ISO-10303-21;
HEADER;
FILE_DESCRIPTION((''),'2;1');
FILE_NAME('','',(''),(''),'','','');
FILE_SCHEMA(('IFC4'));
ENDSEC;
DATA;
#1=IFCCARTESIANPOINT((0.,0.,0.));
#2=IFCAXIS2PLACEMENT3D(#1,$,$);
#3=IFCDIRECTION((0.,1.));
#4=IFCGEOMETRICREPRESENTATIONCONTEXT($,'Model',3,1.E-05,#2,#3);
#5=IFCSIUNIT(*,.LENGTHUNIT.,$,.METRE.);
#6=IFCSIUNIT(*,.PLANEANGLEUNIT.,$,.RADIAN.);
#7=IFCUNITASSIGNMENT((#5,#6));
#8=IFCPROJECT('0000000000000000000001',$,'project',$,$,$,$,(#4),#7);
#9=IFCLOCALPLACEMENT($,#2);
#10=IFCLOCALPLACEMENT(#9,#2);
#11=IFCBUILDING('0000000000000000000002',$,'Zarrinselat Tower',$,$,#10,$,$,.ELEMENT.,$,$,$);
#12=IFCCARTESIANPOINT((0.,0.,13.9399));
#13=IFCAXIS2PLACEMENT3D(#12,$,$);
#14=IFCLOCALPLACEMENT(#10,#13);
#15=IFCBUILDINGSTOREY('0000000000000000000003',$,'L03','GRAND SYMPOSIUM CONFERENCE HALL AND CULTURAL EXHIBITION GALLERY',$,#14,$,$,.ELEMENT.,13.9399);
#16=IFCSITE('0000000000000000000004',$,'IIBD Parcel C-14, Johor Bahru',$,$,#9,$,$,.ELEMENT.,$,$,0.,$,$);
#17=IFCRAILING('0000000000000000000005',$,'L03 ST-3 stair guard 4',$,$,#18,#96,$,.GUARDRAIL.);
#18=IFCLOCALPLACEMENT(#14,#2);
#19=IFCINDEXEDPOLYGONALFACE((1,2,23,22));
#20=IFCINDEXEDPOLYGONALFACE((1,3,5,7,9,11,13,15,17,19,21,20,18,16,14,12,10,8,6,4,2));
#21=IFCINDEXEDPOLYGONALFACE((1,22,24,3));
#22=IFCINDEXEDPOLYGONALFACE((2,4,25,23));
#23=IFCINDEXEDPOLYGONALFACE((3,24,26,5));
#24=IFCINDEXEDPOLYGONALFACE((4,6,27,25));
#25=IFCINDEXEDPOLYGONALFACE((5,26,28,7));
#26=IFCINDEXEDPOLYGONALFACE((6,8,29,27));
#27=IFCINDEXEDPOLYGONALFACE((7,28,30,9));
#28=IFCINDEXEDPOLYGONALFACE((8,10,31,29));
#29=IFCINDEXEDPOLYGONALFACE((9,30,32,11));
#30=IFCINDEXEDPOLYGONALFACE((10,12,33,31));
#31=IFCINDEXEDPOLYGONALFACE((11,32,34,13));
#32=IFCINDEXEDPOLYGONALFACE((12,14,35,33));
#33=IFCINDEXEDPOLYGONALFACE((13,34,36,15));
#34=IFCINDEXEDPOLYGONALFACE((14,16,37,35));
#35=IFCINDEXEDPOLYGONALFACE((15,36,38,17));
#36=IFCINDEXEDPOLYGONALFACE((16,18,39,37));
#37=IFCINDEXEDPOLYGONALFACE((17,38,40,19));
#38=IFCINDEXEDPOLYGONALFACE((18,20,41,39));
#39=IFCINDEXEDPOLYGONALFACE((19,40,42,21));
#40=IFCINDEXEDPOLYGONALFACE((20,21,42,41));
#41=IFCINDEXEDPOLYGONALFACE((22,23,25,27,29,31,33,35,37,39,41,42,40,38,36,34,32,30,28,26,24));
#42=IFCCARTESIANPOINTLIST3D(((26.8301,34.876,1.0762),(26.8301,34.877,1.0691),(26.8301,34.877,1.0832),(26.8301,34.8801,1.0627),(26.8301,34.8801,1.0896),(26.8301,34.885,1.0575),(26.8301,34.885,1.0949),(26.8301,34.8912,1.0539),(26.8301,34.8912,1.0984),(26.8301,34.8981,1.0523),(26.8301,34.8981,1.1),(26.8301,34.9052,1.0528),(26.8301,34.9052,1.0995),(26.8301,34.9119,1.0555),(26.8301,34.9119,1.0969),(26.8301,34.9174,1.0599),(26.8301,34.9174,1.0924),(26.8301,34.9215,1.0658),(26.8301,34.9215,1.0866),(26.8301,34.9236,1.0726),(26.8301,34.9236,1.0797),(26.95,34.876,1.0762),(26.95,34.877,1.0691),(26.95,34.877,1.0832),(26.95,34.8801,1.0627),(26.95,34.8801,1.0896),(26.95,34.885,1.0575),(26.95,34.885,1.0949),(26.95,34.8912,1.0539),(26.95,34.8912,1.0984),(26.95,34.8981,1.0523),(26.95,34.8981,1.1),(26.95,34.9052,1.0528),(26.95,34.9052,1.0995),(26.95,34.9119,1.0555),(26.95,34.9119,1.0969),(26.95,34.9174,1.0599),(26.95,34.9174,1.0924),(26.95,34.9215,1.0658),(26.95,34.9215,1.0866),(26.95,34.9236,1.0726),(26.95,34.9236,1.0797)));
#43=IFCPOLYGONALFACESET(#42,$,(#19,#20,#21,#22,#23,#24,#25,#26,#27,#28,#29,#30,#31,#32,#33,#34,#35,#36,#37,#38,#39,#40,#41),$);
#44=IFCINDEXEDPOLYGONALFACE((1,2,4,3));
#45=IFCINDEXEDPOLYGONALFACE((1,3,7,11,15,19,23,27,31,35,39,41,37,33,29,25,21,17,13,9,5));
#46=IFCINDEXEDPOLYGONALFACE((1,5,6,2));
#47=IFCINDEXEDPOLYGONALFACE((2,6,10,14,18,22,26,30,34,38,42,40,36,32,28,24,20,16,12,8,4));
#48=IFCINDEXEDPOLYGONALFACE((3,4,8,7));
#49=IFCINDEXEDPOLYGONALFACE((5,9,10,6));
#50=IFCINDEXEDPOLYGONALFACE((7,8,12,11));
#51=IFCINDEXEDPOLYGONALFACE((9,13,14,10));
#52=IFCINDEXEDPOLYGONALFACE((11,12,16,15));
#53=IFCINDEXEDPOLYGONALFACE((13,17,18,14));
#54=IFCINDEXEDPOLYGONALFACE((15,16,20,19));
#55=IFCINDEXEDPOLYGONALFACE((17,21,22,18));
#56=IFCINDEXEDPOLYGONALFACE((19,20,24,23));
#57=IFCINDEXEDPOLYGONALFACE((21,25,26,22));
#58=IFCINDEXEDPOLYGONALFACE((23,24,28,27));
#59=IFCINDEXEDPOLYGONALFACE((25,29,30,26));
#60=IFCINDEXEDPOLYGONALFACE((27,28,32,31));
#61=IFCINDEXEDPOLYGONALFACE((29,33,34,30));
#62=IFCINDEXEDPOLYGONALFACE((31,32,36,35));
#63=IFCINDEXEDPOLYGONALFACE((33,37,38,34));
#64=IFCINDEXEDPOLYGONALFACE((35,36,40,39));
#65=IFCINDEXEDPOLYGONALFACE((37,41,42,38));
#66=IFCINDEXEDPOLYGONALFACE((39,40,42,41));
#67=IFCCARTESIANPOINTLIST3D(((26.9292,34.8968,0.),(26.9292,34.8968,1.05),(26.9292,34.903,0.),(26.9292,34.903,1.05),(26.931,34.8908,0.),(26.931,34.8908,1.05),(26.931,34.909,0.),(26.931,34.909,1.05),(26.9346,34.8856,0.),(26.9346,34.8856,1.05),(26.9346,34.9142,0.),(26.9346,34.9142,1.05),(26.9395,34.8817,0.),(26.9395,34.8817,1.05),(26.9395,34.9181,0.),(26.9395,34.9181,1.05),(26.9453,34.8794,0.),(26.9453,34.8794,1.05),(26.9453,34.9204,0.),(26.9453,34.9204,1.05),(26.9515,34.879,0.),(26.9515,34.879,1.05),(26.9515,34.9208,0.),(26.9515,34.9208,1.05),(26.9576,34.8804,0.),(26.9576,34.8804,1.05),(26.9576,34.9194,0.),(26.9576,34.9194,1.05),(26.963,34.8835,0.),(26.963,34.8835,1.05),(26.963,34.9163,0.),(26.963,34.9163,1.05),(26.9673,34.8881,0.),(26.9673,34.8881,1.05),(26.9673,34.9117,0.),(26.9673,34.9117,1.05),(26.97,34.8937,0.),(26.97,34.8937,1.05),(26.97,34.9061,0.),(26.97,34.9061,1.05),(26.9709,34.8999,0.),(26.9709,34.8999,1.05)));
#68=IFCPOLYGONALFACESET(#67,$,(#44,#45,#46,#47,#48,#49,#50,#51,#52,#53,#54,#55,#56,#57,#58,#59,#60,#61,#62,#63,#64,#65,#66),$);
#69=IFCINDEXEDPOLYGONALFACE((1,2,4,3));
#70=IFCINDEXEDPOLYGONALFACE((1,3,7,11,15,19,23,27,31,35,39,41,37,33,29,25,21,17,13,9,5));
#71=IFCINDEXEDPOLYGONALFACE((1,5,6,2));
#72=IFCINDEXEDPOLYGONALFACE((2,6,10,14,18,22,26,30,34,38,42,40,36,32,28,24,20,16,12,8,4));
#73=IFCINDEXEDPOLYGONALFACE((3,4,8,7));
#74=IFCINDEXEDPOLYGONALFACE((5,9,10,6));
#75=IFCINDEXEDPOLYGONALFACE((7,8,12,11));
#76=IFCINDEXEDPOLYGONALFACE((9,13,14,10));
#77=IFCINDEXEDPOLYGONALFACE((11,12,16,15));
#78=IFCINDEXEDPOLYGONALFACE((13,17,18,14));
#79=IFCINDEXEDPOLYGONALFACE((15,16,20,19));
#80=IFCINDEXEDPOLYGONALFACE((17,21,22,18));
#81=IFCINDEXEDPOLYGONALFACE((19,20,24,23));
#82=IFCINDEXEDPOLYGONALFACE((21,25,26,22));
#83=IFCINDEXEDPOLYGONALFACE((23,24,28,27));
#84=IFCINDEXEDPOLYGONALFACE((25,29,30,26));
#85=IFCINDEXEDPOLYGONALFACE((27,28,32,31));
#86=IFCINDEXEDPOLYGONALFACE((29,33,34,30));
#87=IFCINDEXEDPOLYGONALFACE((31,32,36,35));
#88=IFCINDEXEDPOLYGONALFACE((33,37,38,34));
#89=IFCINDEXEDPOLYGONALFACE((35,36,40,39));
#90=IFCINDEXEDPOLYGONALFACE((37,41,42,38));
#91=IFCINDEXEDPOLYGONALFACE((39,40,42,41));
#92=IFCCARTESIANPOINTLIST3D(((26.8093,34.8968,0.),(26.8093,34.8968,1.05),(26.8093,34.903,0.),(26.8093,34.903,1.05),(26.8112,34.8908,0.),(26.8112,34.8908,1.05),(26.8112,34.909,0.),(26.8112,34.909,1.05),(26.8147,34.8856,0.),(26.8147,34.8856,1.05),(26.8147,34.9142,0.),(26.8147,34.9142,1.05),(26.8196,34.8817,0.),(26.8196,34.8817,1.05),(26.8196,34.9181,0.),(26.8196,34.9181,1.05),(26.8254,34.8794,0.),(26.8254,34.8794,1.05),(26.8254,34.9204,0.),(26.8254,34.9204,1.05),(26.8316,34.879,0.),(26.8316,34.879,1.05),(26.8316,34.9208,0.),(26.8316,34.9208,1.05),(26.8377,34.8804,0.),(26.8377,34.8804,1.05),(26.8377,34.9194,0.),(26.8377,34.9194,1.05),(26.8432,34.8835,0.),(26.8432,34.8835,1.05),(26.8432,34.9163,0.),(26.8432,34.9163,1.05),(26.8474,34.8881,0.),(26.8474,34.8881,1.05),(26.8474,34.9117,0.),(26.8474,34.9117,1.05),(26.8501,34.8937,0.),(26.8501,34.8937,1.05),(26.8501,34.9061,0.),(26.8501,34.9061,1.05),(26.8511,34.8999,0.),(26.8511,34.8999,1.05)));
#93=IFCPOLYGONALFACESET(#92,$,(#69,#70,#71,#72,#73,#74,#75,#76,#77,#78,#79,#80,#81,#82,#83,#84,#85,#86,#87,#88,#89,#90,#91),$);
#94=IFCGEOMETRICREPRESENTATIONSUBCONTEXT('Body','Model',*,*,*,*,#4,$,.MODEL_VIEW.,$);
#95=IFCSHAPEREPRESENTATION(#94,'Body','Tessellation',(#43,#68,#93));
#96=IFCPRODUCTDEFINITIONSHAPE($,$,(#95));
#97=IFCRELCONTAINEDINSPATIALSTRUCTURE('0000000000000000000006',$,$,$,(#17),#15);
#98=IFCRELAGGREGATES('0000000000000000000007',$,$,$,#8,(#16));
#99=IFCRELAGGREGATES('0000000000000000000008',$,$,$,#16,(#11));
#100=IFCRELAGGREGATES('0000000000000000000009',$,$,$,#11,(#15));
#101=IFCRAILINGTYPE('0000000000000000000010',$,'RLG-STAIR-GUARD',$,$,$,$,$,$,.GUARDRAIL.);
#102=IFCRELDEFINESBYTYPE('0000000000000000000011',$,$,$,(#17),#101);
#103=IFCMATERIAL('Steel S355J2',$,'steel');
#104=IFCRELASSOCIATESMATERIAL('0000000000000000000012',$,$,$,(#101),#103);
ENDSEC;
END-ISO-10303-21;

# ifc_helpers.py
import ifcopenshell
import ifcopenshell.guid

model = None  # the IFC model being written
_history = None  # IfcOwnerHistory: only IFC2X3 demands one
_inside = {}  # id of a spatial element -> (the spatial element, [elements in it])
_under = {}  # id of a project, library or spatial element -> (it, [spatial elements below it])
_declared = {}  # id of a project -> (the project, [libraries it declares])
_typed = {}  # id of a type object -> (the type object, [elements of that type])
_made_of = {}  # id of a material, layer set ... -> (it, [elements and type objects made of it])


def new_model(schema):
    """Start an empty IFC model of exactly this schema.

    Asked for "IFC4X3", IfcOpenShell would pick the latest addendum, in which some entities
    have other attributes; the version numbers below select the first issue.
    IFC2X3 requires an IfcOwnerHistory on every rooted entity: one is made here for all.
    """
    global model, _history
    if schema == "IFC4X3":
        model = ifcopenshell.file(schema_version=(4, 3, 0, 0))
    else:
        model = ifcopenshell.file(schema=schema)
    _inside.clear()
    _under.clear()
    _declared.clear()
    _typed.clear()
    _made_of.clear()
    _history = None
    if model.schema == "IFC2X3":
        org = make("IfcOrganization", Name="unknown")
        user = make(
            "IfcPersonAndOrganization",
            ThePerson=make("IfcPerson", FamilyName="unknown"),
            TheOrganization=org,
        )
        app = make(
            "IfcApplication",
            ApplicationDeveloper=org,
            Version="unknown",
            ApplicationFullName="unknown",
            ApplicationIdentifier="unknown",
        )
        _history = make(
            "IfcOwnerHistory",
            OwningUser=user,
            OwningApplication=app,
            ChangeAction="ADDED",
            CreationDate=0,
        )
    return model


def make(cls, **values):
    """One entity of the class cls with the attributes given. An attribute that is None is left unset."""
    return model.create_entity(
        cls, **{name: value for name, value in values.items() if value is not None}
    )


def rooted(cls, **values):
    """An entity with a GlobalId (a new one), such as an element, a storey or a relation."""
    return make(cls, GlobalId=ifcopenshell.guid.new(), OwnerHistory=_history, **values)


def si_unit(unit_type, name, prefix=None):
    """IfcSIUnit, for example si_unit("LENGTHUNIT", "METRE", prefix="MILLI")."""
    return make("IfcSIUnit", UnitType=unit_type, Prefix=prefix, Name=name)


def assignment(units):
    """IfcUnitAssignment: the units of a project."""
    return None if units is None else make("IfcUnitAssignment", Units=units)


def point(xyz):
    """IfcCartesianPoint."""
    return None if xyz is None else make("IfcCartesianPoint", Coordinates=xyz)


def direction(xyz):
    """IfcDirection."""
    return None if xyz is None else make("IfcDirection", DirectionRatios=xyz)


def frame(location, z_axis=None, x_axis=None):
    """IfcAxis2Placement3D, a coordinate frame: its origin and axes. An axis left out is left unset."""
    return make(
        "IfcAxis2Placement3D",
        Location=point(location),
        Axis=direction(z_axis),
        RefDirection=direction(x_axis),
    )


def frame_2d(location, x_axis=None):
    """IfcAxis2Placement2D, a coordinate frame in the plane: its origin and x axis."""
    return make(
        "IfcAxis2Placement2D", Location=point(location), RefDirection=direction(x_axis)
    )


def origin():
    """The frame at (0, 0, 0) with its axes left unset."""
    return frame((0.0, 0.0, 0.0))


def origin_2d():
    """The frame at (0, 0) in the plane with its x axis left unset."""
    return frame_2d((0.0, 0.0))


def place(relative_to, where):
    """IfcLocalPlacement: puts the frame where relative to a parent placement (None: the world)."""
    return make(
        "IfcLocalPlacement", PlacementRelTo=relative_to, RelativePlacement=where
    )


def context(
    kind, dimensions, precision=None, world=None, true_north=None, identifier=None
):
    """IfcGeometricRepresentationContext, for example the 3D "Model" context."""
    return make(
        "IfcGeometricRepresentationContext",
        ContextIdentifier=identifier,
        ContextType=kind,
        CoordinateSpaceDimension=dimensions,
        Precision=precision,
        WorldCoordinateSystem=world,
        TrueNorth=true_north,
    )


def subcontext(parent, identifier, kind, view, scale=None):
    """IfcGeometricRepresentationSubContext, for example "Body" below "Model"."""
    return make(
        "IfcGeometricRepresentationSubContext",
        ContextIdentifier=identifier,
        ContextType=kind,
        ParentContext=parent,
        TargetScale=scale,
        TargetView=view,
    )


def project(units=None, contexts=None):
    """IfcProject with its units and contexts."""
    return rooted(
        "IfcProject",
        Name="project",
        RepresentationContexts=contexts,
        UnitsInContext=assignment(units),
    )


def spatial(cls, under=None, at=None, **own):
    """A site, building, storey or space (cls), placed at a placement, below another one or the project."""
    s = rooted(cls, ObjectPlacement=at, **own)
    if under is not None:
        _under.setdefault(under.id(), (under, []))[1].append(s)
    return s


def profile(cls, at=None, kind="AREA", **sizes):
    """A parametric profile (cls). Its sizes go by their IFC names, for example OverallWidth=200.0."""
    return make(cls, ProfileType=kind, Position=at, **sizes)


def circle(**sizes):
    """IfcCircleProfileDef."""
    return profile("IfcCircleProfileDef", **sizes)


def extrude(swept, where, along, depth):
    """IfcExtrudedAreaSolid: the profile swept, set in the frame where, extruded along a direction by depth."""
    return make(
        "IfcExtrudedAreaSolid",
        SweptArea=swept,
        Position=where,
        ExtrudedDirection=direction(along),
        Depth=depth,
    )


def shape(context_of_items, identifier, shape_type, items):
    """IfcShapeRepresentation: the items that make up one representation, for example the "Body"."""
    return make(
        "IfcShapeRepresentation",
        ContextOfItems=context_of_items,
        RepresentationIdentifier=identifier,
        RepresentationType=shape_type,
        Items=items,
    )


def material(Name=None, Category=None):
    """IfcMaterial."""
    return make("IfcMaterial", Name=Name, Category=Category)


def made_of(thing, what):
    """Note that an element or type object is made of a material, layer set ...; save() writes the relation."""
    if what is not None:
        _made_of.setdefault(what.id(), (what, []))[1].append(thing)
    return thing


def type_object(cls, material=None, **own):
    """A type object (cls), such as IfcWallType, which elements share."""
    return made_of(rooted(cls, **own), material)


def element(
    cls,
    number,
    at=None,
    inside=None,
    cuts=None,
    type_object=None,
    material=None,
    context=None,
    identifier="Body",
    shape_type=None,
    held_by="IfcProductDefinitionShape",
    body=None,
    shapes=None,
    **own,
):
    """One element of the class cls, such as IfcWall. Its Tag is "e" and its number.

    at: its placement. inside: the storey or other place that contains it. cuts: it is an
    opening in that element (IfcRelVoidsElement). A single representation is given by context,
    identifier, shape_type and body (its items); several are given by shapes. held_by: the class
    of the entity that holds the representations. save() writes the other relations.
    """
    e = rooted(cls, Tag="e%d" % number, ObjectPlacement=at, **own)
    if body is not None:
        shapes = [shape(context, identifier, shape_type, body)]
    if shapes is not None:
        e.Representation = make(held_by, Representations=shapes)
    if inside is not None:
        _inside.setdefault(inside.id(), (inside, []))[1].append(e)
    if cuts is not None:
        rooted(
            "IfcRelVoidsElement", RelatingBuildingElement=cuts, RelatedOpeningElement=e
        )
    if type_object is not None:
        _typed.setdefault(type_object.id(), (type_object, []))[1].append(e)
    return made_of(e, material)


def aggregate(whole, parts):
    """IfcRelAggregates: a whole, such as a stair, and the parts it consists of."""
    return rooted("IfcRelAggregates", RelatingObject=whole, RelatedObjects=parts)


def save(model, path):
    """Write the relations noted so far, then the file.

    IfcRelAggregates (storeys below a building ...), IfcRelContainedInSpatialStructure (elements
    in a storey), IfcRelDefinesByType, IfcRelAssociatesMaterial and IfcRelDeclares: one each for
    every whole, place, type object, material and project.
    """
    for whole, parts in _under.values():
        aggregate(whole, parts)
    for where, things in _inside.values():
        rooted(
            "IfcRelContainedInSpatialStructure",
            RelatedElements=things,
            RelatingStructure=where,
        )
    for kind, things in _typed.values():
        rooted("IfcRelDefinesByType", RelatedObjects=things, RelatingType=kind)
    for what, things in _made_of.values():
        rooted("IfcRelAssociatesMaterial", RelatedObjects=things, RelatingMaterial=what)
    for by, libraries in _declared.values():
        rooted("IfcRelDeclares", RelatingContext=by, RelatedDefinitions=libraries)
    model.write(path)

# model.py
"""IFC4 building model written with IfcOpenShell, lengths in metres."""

from ifc_helpers import new_model, si_unit, direction, frame, origin, origin_2d, place, context, subcontext, project, spatial, circle, extrude, material, type_object, element, save


model = new_model("IFC4")

# Units and contexts
model_context = context("Model", 3, precision=1e-05, world=origin(), true_north=direction((0.0, 1.0)))
body_context = subcontext(model_context, "Body", "Model", "MODEL_VIEW")
ifc_project = project(units=[si_unit("LENGTHUNIT", "METRE"), si_unit("PLANEANGLEUNIT", "RADIAN")], contexts=[model_context])

# Site, building, storey
site_placement = place(None, origin())
site = spatial("IfcSite", under=ifc_project, at=site_placement, Name="IIBD Parcel C-14, Johor Bahru", CompositionType="ELEMENT", RefElevation=0.0)
building_placement = place(site_placement, origin())
building = spatial("IfcBuilding", under=site, at=building_placement, Name="Zarrinselat Tower", CompositionType="ELEMENT")
storey_placement = place(building_placement, frame((0.0, 0.0, 13.9399)))
storey = spatial("IfcBuildingStorey", under=building, at=storey_placement, Name="L03", Description="GRAND SYMPOSIUM CONFERENCE HALL AND CULTURAL EXHIBITION GALLERY", CompositionType="ELEMENT", Elevation=13.9399)

# Railing
ifc_material_1 = material(Name="Steel S355J2", Category="steel")
railing_type_1 = type_object("IfcRailingType", Name="RLG-STAIR-GUARD", PredefinedType="GUARDRAIL", material=ifc_material_1)
railing_1_placement = place(storey_placement, frame((26.95, 34.8999, 0.0)))
element("IfcRailing", 1, at=railing_1_placement, inside=storey, type_object=railing_type_1, Name="L03 ST-3 stair guard 4", PredefinedType="GUARDRAIL", context=body_context, shape_type="SweptSolid", body=[
    extrude(circle(Radius=0.0239, at=origin_2d()), frame((0.0, 0.0, 1.0762), z_axis=(-1.0, 0.0, 0.0), x_axis=(0.0, -1.0, 0.0)), (0.0, 0.0, 1.0), 0.1199),
    extrude(circle(Radius=0.021, at=origin_2d()), origin(), (0.0, 0.0, 1.0), 1.05),
    extrude(circle(Radius=0.021, at=origin_2d()), frame((-0.1199, 0.0, 0.0)), (0.0, 0.0, 1.0), 1.05),
])

save(model, "model.ifc")
